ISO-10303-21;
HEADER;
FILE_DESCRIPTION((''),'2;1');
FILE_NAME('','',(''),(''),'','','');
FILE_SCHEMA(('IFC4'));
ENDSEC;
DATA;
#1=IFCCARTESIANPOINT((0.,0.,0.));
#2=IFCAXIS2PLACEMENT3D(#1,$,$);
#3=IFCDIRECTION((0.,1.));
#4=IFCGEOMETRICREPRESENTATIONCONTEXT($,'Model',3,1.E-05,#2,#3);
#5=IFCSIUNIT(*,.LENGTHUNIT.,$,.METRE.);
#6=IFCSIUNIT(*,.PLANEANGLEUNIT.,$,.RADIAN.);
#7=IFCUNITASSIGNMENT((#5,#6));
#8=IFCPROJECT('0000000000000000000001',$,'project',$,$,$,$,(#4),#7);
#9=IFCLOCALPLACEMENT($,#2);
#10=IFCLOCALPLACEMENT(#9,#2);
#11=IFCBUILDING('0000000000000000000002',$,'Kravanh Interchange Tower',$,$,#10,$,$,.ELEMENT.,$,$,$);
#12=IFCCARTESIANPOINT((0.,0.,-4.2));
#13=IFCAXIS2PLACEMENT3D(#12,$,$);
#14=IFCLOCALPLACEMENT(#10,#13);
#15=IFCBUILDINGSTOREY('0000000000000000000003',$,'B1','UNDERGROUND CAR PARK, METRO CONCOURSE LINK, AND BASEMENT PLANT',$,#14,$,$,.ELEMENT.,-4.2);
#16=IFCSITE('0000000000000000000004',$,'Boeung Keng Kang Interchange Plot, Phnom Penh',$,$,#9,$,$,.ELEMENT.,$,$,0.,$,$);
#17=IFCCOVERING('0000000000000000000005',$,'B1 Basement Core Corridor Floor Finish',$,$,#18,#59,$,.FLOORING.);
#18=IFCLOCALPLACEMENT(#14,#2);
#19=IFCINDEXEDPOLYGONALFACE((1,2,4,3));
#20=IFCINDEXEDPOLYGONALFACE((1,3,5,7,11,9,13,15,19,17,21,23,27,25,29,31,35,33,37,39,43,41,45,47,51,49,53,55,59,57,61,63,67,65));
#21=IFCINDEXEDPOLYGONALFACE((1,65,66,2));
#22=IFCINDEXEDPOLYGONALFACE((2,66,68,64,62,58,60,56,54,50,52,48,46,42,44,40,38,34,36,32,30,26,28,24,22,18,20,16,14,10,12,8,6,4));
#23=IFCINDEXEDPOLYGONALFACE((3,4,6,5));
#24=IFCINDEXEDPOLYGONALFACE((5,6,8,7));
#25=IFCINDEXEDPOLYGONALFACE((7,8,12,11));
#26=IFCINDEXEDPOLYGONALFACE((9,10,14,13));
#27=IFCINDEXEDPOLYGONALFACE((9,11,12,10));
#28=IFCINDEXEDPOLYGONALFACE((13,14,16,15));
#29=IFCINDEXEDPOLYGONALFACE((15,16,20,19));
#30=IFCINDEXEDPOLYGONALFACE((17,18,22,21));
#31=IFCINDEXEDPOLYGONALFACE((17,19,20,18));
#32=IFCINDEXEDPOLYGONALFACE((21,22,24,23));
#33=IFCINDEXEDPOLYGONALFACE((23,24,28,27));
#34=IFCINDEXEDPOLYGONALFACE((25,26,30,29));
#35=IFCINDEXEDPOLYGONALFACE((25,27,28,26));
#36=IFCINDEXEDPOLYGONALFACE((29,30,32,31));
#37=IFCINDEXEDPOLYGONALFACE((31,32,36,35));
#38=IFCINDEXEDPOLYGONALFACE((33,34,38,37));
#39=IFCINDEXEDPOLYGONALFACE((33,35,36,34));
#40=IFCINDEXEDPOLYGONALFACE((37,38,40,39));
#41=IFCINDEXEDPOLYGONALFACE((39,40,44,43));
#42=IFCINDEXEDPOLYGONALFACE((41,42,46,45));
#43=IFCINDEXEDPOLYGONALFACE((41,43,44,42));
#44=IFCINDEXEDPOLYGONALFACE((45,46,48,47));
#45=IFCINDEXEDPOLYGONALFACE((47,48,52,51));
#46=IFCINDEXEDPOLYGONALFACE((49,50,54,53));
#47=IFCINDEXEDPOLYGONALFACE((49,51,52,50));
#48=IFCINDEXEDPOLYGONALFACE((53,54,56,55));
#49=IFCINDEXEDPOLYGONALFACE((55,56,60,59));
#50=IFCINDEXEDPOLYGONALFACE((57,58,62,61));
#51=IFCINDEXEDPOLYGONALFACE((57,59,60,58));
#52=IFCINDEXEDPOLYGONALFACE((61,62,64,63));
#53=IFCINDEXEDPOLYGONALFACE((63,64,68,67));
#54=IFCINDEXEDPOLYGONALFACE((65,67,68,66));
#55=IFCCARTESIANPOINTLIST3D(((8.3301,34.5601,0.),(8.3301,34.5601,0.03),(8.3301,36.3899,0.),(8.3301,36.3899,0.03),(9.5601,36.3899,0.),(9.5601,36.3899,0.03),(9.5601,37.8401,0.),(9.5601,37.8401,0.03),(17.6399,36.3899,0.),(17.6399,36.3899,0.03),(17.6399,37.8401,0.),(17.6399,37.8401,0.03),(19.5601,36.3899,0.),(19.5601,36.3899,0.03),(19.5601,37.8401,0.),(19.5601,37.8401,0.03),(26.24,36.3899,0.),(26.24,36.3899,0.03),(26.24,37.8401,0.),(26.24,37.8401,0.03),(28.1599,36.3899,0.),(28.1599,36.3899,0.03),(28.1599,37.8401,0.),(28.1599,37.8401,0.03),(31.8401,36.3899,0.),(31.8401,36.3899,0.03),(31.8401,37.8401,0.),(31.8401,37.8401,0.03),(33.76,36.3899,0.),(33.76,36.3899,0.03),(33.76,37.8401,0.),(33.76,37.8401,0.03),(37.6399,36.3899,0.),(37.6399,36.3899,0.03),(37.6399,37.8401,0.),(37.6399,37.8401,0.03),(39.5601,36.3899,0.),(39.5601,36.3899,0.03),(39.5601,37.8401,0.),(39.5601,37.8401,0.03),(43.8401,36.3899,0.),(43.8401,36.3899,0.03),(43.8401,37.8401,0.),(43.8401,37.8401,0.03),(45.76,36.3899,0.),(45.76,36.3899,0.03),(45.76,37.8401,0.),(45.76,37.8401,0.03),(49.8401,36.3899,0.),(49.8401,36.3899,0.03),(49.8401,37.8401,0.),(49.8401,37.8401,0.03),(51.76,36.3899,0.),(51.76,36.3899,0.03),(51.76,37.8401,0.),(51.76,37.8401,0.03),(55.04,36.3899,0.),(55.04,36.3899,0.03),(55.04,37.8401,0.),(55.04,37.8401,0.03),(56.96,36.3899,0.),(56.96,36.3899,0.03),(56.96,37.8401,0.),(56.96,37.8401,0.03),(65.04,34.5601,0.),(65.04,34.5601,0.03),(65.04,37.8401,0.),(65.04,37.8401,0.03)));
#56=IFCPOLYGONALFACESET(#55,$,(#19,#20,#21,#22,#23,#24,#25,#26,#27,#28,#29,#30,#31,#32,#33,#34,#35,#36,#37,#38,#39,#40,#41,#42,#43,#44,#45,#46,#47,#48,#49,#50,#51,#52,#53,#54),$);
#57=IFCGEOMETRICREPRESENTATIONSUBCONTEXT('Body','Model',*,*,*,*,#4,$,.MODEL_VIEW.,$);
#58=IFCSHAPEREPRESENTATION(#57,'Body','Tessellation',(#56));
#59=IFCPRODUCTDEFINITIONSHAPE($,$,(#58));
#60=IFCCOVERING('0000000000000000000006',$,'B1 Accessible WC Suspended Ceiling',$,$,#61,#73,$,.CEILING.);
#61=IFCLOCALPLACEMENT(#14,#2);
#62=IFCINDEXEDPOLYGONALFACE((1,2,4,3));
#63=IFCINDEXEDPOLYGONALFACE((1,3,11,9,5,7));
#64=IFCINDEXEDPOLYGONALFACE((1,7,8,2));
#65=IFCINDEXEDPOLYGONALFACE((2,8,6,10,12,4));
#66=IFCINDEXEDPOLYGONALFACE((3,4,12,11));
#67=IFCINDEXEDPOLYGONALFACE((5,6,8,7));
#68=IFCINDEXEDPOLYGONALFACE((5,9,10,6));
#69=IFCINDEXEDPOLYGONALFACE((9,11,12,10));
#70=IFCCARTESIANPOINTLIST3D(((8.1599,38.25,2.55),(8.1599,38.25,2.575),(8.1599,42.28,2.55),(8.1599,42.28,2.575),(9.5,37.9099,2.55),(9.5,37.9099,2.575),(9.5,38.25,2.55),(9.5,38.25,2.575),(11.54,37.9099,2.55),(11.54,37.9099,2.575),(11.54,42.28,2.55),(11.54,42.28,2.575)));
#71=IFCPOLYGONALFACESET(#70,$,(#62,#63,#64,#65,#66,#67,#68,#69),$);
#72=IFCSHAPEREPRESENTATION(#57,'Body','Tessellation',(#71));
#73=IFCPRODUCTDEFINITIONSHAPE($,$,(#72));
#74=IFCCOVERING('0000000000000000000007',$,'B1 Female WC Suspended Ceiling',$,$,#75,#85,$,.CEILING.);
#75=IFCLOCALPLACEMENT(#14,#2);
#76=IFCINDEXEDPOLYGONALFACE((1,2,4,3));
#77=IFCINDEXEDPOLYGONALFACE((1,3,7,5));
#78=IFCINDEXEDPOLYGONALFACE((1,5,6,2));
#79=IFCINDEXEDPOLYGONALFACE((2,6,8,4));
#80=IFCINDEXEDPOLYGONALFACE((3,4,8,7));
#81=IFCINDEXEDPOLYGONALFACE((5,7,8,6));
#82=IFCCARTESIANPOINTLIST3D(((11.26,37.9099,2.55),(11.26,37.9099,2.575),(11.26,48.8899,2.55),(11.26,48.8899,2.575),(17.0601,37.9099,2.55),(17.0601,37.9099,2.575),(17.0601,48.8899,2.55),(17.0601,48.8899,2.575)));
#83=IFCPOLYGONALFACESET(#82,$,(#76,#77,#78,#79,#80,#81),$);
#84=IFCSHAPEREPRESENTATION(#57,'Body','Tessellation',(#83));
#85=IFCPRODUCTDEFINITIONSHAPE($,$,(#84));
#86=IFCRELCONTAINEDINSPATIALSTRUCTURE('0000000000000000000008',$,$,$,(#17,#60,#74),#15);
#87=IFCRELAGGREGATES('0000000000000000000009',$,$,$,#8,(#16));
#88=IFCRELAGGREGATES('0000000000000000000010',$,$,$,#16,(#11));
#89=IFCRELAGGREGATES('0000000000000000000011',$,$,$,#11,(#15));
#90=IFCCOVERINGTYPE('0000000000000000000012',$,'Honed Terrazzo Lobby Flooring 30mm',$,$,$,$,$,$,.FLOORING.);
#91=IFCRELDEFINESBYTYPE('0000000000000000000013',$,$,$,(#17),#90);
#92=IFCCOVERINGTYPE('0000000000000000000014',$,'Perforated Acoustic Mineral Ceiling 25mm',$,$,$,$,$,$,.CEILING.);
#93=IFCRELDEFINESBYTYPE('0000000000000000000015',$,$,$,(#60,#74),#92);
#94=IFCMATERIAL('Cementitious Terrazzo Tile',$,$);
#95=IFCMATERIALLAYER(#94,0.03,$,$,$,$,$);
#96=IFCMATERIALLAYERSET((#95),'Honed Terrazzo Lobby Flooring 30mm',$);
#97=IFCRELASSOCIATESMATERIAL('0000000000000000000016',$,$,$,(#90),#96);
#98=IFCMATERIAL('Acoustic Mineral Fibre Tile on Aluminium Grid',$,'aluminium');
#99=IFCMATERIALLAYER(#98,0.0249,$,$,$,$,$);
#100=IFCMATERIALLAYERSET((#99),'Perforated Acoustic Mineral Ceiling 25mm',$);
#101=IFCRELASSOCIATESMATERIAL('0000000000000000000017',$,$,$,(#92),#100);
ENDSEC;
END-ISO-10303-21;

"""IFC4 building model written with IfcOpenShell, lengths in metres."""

from ifc_helpers import new_model, si_unit, direction, frame, origin, place, context, subcontext, project, spatial, polyline, outline, extrude, material, layer, layer_set, type_object, element, save


model = new_model("IFC4")

# Units and contexts
model_context = context("Model", 3, precision=1e-05, world=origin(), true_north=direction((0.0, 1.0)))
body_context = subcontext(model_context, "Body", "Model", "MODEL_VIEW")
ifc_project = project(units=[si_unit("LENGTHUNIT", "METRE"), si_unit("PLANEANGLEUNIT", "RADIAN")], contexts=[model_context])

# Site, building, storey
site_placement = place(None, origin())
site = spatial("IfcSite", under=ifc_project, at=site_placement, Name="Boeung Keng Kang Interchange Plot, Phnom Penh", CompositionType="ELEMENT", RefElevation=0.0)
building_placement = place(site_placement, origin())
building = spatial("IfcBuilding", under=site, at=building_placement, Name="Kravanh Interchange Tower", CompositionType="ELEMENT")
storey_placement = place(building_placement, frame((0.0, 0.0, -4.2)))
storey = spatial("IfcBuildingStorey", under=building, at=storey_placement, Name="B1", Description="UNDERGROUND CAR PARK, METRO CONCOURSE LINK, AND BASEMENT PLANT", CompositionType="ELEMENT", Elevation=-4.2)

# Coverings
ifc_material_1 = material(Name="Cementitious Terrazzo Tile")
ifc_layer_1 = layer(ifc_material_1, 0.03)
ifc_layer_set_1 = layer_set([ifc_layer_1], Name="Honed Terrazzo Lobby Flooring 30mm")
covering_type_1 = type_object("IfcCoveringType", Name="Honed Terrazzo Lobby Flooring 30mm", PredefinedType="FLOORING", material=ifc_layer_set_1)
covering_1_placement = place(storey_placement, origin())
element("IfcCovering", 1, at=covering_1_placement, inside=storey, type_object=covering_type_1, Name="B1 Basement Core Corridor Floor Finish", PredefinedType="FLOORING", context=body_context, shape_type="SweptSolid", body=[
    extrude(outline(polyline([(17.6399, 37.8401), (17.6399, 36.3899), (19.5601, 36.3899), (19.5601, 37.8401), (26.24, 37.8401), (26.24, 36.3899), (28.1599, 36.3899), (28.1599, 37.8401), (31.8401, 37.8401), (31.8401, 36.3899), (33.76, 36.3899), (33.76, 37.8401), (37.6399, 37.8401), (37.6399, 36.3899), (39.5601, 36.3899), (39.5601, 37.8401), (43.8401, 37.8401), (43.8401, 36.3899), (45.76, 36.3899), (45.76, 37.8401), (49.8401, 37.8401), (49.8401, 36.3899), (51.76, 36.3899), (51.76, 37.8401), (55.04, 37.8401), (55.04, 36.3899), (56.96, 36.3899), (56.96, 37.8401), (65.04, 37.8401), (65.04, 34.5601), (8.3301, 34.5601), (8.3301, 36.3899), (9.5601, 36.3899), (9.5601, 37.8401), (17.6399, 37.8401)])), origin(), (0.0, 0.0, 1.0), 0.03),
])
ifc_material_2 = material(Name="Acoustic Mineral Fibre Tile on Aluminium Grid", Category="aluminium")
ifc_layer_2 = layer(ifc_material_2, 0.0249)
ifc_layer_set_2 = layer_set([ifc_layer_2], Name="Perforated Acoustic Mineral Ceiling 25mm")
covering_type_2 = type_object("IfcCoveringType", Name="Perforated Acoustic Mineral Ceiling 25mm", PredefinedType="CEILING", material=ifc_layer_set_2)
covering_2_placement = place(storey_placement, frame((0.0, 0.0, 2.55)))
element("IfcCovering", 2, at=covering_2_placement, inside=storey, type_object=covering_type_2, Name="B1 Accessible WC Suspended Ceiling", PredefinedType="CEILING", context=body_context, shape_type="SweptSolid", body=[
    extrude(outline(polyline([(8.1599, 42.28), (11.54, 42.28), (11.54, 37.9099), (9.5, 37.9099), (9.5, 38.25), (8.1599, 38.25), (8.1599, 42.28)])), origin(), (0.0, 0.0, 1.0), 0.0249),
])
covering_3_placement = place(storey_placement, frame((0.0, 0.0, 2.55)))
element("IfcCovering", 3, at=covering_3_placement, inside=storey, type_object=covering_type_2, Name="B1 Female WC Suspended Ceiling", PredefinedType="CEILING", context=body_context, shape_type="SweptSolid", body=[
    extrude(outline(polyline([(17.0601, 48.8899), (17.0601, 37.9099), (11.26, 37.9099), (11.26, 48.8899), (17.0601, 48.8899)])), origin(), (0.0, 0.0, 1.0), 0.0249),
])

save(model, "model.ifc")
